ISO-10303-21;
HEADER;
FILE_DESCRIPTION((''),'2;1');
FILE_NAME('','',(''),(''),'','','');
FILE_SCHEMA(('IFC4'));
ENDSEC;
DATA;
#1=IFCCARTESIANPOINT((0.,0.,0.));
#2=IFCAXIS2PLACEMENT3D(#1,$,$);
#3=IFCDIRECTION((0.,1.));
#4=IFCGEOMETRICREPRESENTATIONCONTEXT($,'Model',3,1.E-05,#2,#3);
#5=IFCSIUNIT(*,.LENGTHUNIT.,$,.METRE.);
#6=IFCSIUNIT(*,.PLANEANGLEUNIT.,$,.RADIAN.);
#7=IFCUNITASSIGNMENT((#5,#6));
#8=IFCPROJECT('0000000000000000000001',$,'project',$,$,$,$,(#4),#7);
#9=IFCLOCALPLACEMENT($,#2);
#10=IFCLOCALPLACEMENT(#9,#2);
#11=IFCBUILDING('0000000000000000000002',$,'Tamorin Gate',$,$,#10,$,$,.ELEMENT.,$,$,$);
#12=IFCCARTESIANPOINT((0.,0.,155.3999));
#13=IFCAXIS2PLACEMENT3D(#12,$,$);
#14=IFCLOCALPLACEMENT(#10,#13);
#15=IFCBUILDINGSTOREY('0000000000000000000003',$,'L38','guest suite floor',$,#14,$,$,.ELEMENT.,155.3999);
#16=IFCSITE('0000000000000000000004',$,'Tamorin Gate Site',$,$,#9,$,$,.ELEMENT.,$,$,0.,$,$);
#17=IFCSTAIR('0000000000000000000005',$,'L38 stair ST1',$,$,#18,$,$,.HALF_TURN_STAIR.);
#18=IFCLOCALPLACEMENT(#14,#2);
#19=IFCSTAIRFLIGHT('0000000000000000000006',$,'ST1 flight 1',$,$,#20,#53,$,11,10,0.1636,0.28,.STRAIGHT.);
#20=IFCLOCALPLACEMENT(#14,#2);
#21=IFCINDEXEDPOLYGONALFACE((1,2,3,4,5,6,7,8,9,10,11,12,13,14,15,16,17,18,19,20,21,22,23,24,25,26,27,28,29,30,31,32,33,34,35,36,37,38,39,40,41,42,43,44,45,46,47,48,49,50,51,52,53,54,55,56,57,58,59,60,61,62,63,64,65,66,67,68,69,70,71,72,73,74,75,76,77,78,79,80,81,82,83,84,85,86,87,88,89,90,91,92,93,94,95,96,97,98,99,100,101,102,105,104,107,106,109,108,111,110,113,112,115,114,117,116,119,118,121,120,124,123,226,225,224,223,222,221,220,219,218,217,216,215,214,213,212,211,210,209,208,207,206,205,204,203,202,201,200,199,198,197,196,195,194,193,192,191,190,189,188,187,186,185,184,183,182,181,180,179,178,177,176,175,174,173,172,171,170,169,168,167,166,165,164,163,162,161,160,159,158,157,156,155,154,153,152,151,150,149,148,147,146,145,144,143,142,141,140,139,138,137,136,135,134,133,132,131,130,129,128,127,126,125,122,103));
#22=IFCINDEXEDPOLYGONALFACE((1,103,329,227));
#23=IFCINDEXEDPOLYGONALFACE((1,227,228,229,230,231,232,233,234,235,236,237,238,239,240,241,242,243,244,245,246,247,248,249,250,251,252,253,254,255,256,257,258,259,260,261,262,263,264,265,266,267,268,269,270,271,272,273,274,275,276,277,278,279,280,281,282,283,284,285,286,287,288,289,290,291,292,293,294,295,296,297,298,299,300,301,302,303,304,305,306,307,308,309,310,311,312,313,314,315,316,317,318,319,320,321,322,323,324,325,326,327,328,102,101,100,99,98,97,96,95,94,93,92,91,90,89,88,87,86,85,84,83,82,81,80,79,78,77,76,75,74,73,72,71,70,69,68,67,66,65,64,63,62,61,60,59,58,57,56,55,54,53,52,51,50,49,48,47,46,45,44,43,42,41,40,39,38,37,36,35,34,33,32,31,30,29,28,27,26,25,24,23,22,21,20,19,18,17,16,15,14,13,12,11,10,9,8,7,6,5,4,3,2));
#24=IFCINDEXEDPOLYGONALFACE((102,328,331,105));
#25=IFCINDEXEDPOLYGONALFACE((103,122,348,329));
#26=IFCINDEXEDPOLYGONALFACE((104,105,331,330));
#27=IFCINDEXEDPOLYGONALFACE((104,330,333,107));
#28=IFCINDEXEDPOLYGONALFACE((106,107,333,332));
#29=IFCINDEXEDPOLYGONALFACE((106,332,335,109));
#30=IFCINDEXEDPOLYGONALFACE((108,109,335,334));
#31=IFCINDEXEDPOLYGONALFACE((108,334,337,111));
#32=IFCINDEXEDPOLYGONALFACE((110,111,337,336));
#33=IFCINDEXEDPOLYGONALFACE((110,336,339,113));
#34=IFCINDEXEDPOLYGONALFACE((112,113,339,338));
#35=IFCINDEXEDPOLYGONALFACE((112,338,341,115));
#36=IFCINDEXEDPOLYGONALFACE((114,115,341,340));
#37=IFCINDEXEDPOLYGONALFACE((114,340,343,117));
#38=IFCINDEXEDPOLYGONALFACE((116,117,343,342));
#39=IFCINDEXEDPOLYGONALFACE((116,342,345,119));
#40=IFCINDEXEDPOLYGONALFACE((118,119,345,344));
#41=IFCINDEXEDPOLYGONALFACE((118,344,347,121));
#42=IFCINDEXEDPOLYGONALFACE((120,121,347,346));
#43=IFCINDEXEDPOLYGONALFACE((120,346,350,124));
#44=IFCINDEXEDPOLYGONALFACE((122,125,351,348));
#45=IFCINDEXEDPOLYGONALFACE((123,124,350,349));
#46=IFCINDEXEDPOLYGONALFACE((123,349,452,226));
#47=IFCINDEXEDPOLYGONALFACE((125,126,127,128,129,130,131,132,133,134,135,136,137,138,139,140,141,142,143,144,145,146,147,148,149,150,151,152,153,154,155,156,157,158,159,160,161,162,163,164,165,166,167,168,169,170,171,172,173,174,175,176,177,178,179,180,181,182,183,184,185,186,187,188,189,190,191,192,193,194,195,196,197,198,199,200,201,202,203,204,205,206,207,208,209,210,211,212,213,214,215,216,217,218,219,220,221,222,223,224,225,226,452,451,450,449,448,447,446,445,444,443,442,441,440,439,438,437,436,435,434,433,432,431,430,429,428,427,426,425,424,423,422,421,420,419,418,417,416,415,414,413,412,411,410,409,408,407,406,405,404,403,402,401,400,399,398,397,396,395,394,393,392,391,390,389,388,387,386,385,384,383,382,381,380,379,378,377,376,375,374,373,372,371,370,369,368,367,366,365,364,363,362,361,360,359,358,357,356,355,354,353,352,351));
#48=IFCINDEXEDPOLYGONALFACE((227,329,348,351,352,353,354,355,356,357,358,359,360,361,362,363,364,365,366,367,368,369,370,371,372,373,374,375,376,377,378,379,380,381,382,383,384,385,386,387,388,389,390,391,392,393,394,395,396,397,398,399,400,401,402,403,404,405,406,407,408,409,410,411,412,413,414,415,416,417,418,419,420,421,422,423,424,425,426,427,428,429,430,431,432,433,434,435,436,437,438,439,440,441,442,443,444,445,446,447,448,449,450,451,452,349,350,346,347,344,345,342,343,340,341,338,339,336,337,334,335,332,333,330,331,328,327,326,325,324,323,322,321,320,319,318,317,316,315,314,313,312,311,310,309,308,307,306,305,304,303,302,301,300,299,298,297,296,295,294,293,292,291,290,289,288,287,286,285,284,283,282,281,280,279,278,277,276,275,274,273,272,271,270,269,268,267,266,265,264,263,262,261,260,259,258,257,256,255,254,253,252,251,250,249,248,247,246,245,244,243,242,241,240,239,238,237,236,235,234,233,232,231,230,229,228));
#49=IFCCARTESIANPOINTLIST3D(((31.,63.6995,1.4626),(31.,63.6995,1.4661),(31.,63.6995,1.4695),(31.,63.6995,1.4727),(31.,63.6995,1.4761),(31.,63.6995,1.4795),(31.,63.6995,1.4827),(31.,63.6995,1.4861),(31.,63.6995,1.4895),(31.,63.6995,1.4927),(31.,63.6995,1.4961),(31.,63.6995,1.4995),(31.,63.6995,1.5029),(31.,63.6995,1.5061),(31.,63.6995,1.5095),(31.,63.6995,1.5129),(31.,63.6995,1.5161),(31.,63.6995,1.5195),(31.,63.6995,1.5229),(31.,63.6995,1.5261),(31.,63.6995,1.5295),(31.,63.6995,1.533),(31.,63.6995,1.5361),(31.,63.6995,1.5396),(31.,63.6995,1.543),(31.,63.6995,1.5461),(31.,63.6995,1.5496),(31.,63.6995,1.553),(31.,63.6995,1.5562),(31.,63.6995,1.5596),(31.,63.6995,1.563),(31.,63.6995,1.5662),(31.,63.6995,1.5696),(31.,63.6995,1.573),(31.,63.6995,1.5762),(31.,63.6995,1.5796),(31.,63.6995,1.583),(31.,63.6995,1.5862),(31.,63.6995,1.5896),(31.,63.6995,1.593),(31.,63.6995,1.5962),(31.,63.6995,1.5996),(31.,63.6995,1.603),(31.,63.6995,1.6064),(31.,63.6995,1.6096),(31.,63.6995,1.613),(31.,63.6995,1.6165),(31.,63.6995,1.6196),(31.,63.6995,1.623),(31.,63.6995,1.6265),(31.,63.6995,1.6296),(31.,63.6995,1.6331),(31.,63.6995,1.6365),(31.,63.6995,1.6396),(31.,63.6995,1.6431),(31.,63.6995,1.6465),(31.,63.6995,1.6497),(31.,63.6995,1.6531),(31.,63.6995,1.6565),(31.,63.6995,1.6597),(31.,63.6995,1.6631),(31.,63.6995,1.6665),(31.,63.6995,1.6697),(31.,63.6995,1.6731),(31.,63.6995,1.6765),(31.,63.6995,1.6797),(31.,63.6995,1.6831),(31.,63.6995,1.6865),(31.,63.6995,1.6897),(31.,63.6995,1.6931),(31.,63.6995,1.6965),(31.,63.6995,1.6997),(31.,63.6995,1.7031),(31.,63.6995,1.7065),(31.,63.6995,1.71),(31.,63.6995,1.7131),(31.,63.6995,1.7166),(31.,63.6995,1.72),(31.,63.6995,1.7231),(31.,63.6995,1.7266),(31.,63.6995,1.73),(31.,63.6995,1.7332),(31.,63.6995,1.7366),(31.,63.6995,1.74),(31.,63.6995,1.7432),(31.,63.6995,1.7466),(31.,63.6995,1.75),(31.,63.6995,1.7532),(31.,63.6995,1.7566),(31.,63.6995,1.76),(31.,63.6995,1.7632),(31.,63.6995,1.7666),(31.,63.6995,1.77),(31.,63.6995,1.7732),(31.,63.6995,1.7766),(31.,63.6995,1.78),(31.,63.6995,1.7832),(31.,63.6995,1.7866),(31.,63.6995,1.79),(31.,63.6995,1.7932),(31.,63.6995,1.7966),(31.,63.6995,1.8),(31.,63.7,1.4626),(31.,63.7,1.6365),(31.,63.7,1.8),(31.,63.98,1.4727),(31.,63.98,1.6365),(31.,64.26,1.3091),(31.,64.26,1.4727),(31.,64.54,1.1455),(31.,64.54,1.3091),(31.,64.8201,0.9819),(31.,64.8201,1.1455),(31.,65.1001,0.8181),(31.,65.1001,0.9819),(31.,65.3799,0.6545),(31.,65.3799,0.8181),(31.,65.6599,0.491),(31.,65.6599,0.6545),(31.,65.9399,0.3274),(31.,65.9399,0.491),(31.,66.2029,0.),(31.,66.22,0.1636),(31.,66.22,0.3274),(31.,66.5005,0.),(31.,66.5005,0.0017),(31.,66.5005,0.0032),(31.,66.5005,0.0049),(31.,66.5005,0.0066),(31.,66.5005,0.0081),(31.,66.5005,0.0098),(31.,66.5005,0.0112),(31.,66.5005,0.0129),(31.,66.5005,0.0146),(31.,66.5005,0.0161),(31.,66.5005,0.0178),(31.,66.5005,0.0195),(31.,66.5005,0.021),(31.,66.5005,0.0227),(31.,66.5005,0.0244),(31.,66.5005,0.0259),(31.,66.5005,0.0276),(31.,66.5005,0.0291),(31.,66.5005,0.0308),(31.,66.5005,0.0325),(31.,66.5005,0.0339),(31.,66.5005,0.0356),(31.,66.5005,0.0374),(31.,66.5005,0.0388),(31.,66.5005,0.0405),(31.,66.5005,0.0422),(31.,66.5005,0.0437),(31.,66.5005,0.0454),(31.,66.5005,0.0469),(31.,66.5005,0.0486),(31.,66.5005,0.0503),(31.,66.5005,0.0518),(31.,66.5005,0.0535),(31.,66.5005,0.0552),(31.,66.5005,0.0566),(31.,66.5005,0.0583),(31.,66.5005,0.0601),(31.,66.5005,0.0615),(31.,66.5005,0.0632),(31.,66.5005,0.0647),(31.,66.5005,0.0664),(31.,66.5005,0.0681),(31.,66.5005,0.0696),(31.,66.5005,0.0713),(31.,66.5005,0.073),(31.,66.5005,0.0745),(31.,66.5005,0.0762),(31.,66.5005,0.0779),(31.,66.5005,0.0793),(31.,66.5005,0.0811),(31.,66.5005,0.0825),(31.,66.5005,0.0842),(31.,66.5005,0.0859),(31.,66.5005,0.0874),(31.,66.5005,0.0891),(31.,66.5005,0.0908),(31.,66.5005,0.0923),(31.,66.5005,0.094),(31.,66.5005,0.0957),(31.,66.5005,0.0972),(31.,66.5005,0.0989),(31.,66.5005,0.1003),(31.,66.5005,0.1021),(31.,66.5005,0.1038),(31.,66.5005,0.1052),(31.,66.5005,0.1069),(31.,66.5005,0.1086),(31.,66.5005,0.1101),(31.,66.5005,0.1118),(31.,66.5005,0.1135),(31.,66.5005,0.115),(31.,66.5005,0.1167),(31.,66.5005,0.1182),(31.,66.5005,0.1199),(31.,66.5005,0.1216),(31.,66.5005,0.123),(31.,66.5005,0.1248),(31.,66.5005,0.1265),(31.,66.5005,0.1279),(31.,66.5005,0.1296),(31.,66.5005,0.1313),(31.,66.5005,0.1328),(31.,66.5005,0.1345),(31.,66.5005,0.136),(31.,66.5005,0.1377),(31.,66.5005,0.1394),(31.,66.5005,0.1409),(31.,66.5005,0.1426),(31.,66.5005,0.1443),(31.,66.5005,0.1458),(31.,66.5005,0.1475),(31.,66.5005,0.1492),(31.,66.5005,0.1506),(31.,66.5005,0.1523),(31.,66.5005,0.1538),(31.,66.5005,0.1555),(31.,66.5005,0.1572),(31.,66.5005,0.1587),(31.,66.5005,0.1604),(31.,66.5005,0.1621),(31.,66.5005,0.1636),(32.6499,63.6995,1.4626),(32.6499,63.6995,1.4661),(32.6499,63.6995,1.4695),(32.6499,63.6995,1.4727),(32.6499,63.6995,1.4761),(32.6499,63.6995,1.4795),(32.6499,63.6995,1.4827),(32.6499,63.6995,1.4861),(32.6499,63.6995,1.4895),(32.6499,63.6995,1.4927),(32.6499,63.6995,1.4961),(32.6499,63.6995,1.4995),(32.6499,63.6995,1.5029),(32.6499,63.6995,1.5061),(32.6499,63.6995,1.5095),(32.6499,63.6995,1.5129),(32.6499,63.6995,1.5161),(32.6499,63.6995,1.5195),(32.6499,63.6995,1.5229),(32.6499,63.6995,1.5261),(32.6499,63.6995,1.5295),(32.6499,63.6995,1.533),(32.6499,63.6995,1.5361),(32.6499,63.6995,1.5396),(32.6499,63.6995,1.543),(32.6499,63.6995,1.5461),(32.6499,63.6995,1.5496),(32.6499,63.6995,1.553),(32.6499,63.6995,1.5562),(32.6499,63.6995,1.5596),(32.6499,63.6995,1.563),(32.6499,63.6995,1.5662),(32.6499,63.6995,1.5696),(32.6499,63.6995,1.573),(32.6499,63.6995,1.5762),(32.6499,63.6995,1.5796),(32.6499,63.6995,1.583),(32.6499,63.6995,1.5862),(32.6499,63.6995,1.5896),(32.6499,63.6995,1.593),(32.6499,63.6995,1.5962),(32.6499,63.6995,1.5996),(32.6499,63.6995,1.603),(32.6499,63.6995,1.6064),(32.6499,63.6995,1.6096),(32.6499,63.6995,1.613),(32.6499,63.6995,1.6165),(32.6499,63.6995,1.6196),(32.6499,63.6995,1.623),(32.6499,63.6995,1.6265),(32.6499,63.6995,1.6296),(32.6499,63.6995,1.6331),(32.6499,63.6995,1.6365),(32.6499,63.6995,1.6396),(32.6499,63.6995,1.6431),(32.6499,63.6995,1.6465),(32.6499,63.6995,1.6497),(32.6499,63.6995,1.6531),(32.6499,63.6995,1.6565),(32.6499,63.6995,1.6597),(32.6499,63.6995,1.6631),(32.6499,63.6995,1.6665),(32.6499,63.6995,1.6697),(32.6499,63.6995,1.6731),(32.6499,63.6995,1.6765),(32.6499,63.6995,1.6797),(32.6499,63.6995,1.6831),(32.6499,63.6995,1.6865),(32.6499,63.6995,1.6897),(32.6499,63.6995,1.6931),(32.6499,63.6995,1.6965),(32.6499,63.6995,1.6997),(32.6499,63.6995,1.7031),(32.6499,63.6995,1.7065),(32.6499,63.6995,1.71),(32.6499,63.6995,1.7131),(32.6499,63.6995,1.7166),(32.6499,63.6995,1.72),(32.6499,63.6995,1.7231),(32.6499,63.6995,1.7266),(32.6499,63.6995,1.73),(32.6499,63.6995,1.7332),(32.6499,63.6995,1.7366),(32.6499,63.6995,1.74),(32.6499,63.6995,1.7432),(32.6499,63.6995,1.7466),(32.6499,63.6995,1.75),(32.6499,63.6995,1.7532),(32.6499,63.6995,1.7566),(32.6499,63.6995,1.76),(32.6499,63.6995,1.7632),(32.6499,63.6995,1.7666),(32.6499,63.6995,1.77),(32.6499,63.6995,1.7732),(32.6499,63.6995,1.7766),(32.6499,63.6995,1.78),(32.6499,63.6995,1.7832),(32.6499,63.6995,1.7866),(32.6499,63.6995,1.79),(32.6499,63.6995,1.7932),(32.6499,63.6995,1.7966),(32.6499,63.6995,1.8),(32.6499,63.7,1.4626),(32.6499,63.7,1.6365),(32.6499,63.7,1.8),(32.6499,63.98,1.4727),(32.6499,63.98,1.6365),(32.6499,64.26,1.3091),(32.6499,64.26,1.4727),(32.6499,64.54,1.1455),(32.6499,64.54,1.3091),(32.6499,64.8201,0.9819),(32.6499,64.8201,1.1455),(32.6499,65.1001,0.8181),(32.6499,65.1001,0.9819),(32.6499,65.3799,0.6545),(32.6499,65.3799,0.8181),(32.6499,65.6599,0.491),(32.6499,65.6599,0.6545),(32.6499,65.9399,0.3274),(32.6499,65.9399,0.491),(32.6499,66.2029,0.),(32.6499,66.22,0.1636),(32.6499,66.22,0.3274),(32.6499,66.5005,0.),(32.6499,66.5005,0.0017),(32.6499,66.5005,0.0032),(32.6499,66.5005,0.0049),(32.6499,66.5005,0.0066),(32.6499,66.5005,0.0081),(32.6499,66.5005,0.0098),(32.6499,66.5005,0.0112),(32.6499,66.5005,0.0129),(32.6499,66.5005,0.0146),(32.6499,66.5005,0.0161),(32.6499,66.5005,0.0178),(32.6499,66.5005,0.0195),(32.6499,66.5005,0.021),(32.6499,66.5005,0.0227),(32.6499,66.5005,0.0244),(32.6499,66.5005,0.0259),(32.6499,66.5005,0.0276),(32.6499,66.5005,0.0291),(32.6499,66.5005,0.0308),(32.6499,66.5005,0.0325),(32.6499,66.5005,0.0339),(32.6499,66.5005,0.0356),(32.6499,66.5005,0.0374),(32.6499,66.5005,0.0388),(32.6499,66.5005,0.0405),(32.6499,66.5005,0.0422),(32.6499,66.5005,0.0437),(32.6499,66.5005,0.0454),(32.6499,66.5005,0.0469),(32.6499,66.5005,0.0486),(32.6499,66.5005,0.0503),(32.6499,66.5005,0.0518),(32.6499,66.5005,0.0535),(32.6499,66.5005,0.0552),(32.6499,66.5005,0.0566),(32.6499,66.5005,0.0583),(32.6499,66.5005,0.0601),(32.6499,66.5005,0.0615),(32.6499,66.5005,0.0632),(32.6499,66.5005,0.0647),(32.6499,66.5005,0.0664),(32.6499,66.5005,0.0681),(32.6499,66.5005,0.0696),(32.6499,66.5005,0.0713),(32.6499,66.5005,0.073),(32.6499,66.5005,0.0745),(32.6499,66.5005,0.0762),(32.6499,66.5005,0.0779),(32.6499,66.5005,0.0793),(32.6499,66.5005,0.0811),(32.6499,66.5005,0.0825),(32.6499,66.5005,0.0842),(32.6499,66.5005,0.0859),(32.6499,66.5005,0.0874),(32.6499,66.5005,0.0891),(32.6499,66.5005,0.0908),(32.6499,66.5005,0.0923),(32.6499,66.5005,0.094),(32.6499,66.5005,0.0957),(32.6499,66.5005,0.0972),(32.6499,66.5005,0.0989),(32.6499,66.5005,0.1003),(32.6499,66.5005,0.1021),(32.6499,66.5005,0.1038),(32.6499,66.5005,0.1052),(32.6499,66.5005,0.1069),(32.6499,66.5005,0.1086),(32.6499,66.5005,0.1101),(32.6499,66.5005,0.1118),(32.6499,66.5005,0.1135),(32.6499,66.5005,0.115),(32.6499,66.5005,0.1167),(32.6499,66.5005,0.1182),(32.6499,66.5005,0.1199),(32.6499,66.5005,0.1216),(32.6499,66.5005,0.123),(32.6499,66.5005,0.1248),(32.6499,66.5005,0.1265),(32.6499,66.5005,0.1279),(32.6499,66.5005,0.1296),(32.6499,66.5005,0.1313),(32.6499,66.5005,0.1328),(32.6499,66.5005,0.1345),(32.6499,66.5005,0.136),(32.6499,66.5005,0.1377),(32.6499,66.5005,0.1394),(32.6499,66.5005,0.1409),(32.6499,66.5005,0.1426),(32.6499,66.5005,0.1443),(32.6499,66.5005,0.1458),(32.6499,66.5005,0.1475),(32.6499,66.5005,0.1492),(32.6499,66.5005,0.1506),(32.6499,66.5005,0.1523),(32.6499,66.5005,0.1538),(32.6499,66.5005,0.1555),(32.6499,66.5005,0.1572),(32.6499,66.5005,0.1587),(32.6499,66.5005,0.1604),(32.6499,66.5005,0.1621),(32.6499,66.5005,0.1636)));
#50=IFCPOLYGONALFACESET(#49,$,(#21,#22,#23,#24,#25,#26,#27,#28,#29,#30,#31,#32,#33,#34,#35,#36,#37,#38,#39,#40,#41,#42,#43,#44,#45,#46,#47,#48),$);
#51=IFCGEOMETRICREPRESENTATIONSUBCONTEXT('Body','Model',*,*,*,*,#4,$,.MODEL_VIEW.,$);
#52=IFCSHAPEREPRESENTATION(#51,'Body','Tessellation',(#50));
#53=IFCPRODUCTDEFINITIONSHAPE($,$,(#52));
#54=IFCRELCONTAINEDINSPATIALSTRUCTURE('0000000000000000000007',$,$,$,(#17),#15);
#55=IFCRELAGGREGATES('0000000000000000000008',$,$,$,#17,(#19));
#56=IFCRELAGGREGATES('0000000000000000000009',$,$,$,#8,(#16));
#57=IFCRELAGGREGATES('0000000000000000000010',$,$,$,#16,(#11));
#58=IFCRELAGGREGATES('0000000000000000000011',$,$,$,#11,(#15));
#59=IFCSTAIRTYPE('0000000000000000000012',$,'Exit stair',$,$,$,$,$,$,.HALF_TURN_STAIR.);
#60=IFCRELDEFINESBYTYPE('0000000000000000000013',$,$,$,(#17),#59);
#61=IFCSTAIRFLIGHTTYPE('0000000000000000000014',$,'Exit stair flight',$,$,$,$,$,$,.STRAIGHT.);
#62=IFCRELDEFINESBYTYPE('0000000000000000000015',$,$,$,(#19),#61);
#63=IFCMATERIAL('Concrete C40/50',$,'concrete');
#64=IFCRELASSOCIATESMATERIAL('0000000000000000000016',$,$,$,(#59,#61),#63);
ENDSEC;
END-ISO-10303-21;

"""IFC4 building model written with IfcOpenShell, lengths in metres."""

from ifc_helpers import new_model, si_unit, direction, frame, origin, place, context, subcontext, project, spatial, polyline, outline, extrude, material, type_object, element, aggregate, save


model = new_model("IFC4")

# Units and contexts
model_context = context("Model", 3, precision=1e-05, world=origin(), true_north=direction((0.0, 1.0)))
body_context = subcontext(model_context, "Body", "Model", "MODEL_VIEW")
ifc_project = project(units=[si_unit("LENGTHUNIT", "METRE"), si_unit("PLANEANGLEUNIT", "RADIAN")], contexts=[model_context])

# Site, building, storey
site_placement = place(None, origin())
site = spatial("IfcSite", under=ifc_project, at=site_placement, Name="Tamorin Gate Site", CompositionType="ELEMENT", RefElevation=0.0)
building_placement = place(site_placement, origin())
building = spatial("IfcBuilding", under=site, at=building_placement, Name="Tamorin Gate", CompositionType="ELEMENT")
storey_placement = place(building_placement, frame((0.0, 0.0, 155.3999)))
storey = spatial("IfcBuildingStorey", under=building, at=storey_placement, Name="L38", Description="guest suite floor", CompositionType="ELEMENT", Elevation=155.3999)

# Shared definitions
ifc_material_1 = material(Name="Concrete C40/50", Category="concrete")

# Stair, stair flight
stair_type = type_object("IfcStairType", Name="Exit stair", PredefinedType="HALF_TURN_STAIR", material=ifc_material_1)
stair_1_placement = place(storey_placement, origin())
stair_1 = element("IfcStair", 1, at=stair_1_placement, inside=storey, type_object=stair_type, Name="L38 stair ST1", PredefinedType="HALF_TURN_STAIR")
stair_flight_type = type_object("IfcStairFlightType", Name="Exit stair flight", PredefinedType="STRAIGHT", material=ifc_material_1)
stair_flight_1_placement = place(storey_placement, frame((31.825, 66.5, 0.0), z_axis=(0.0, 0.0, 1.0), x_axis=(0.0, -1.0, 0.0)))
stair_flight_1 = element("IfcStairFlight", 2, at=stair_flight_1_placement, type_object=stair_flight_type, Name="ST1 flight 1", NumberOfRisers=11, NumberOfTreads=10, PredefinedType="STRAIGHT", RiserHeight=0.1636, TreadLength=0.28, context=body_context, shape_type="SweptSolid", body=[
    extrude(outline(polyline([(-0.0005, 0.0), (-0.0005, 0.0017), (-0.0005, 0.0032), (-0.0005, 0.0049), (-0.0005, 0.0066), (-0.0005, 0.0081), (-0.0005, 0.0098), (-0.0005, 0.0112), (-0.0005, 0.0129), (-0.0005, 0.0146), (-0.0005, 0.0161), (-0.0005, 0.0178), (-0.0005, 0.0195), (-0.0005, 0.021), (-0.0005, 0.0227), (-0.0005, 0.0244), (-0.0005, 0.0259), (-0.0005, 0.0276), (-0.0005, 0.0291), (-0.0005, 0.0308), (-0.0005, 0.0325), (-0.0005, 0.0339), (-0.0005, 0.0356), (-0.0005, 0.0374), (-0.0005, 0.0388), (-0.0005, 0.0405), (-0.0005, 0.0422), (-0.0005, 0.0437), (-0.0005, 0.0454), (-0.0005, 0.0469), (-0.0005, 0.0486), (-0.0005, 0.0503), (-0.0005, 0.0518), (-0.0005, 0.0535), (-0.0005, 0.0552), (-0.0005, 0.0566), (-0.0005, 0.0583), (-0.0005, 0.0601), (-0.0005, 0.0615), (-0.0005, 0.0632), (-0.0005, 0.0647), (-0.0005, 0.0664), (-0.0005, 0.0681), (-0.0005, 0.0696), (-0.0005, 0.0713), (-0.0005, 0.073), (-0.0005, 0.0745), (-0.0005, 0.0762), (-0.0005, 0.0779), (-0.0005, 0.0793), (-0.0005, 0.0811), (-0.0005, 0.0825), (-0.0005, 0.0842), (-0.0005, 0.0859), (-0.0005, 0.0874), (-0.0005, 0.0891), (-0.0005, 0.0908), (-0.0005, 0.0923), (-0.0005, 0.094), (-0.0005, 0.0957), (-0.0005, 0.0972), (-0.0005, 0.0989), (-0.0005, 0.1003), (-0.0005, 0.1021), (-0.0005, 0.1038), (-0.0005, 0.1052), (-0.0005, 0.1069), (-0.0005, 0.1086), (-0.0005, 0.1101), (-0.0005, 0.1118), (-0.0005, 0.1135), (-0.0005, 0.115), (-0.0005, 0.1167), (-0.0005, 0.1182), (-0.0005, 0.1199), (-0.0005, 0.1216), (-0.0005, 0.123), (-0.0005, 0.1248), (-0.0005, 0.1265), (-0.0005, 0.1279), (-0.0005, 0.1296), (-0.0005, 0.1313), (-0.0005, 0.1328), (-0.0005, 0.1345), (-0.0005, 0.136), (-0.0005, 0.1377), (-0.0005, 0.1394), (-0.0005, 0.1409), (-0.0005, 0.1426), (-0.0005, 0.1443), (-0.0005, 0.1458), (-0.0005, 0.1475), (-0.0005, 0.1492), (-0.0005, 0.1506), (-0.0005, 0.1523), (-0.0005, 0.1538), (-0.0005, 0.1555), (-0.0005, 0.1572), (-0.0005, 0.1587), (-0.0005, 0.1604), (-0.0005, 0.1621), (-0.0005, 0.1636), (0.28, 0.1636), (0.28, 0.3274), (0.5601, 0.3274), (0.5601, 0.491), (0.8401, 0.491), (0.8401, 0.6545), (1.1201, 0.6545), (1.1201, 0.8181), (1.3999, 0.8181), (1.3999, 0.9819), (1.6799, 0.9819), (1.6799, 1.1455), (1.96, 1.1455), (1.96, 1.3091), (2.24, 1.3091), (2.24, 1.4727), (2.52, 1.4727), (2.52, 1.6365), (2.8, 1.6365), (2.8, 1.8), (2.8005, 1.8), (2.8005, 1.7966), (2.8005, 1.7932), (2.8005, 1.79), (2.8005, 1.7866), (2.8005, 1.7832), (2.8005, 1.78), (2.8005, 1.7766), (2.8005, 1.7732), (2.8005, 1.77), (2.8005, 1.7666), (2.8005, 1.7632), (2.8005, 1.76), (2.8005, 1.7566), (2.8005, 1.7532), (2.8005, 1.75), (2.8005, 1.7466), (2.8005, 1.7432), (2.8005, 1.74), (2.8005, 1.7366), (2.8005, 1.7332), (2.8005, 1.73), (2.8005, 1.7266), (2.8005, 1.7231), (2.8005, 1.72), (2.8005, 1.7166), (2.8005, 1.7131), (2.8005, 1.71), (2.8005, 1.7065), (2.8005, 1.7031), (2.8005, 1.6997), (2.8005, 1.6965), (2.8005, 1.6931), (2.8005, 1.6897), (2.8005, 1.6865), (2.8005, 1.6831), (2.8005, 1.6797), (2.8005, 1.6765), (2.8005, 1.6731), (2.8005, 1.6697), (2.8005, 1.6665), (2.8005, 1.6631), (2.8005, 1.6597), (2.8005, 1.6565), (2.8005, 1.6531), (2.8005, 1.6497), (2.8005, 1.6465), (2.8005, 1.6431), (2.8005, 1.6396), (2.8005, 1.6365), (2.8005, 1.6331), (2.8005, 1.6296), (2.8005, 1.6265), (2.8005, 1.623), (2.8005, 1.6196), (2.8005, 1.6165), (2.8005, 1.613), (2.8005, 1.6096), (2.8005, 1.6064), (2.8005, 1.603), (2.8005, 1.5996), (2.8005, 1.5962), (2.8005, 1.593), (2.8005, 1.5896), (2.8005, 1.5862), (2.8005, 1.583), (2.8005, 1.5796), (2.8005, 1.5762), (2.8005, 1.573), (2.8005, 1.5696), (2.8005, 1.5662), (2.8005, 1.563), (2.8005, 1.5596), (2.8005, 1.5562), (2.8005, 1.553), (2.8005, 1.5496), (2.8005, 1.5461), (2.8005, 1.543), (2.8005, 1.5396), (2.8005, 1.5361), (2.8005, 1.533), (2.8005, 1.5295), (2.8005, 1.5261), (2.8005, 1.5229), (2.8005, 1.5195), (2.8005, 1.5161), (2.8005, 1.5129), (2.8005, 1.5095), (2.8005, 1.5061), (2.8005, 1.5029), (2.8005, 1.4995), (2.8005, 1.4961), (2.8005, 1.4927), (2.8005, 1.4895), (2.8005, 1.4861), (2.8005, 1.4827), (2.8005, 1.4795), (2.8005, 1.4761), (2.8005, 1.4727), (2.8005, 1.4695), (2.8005, 1.4661), (2.8005, 1.4626), (2.8, 1.4626), (0.2971, 0.0), (-0.0005, 0.0)])), frame((0.0, 0.825, 0.0), z_axis=(0.0, -1.0, 0.0), x_axis=(1.0, 0.0, 0.0)), (0.0, 0.0, 1.0), 1.6499),
])
aggregate(stair_1, [stair_flight_1])

save(model, "model.ifc")
